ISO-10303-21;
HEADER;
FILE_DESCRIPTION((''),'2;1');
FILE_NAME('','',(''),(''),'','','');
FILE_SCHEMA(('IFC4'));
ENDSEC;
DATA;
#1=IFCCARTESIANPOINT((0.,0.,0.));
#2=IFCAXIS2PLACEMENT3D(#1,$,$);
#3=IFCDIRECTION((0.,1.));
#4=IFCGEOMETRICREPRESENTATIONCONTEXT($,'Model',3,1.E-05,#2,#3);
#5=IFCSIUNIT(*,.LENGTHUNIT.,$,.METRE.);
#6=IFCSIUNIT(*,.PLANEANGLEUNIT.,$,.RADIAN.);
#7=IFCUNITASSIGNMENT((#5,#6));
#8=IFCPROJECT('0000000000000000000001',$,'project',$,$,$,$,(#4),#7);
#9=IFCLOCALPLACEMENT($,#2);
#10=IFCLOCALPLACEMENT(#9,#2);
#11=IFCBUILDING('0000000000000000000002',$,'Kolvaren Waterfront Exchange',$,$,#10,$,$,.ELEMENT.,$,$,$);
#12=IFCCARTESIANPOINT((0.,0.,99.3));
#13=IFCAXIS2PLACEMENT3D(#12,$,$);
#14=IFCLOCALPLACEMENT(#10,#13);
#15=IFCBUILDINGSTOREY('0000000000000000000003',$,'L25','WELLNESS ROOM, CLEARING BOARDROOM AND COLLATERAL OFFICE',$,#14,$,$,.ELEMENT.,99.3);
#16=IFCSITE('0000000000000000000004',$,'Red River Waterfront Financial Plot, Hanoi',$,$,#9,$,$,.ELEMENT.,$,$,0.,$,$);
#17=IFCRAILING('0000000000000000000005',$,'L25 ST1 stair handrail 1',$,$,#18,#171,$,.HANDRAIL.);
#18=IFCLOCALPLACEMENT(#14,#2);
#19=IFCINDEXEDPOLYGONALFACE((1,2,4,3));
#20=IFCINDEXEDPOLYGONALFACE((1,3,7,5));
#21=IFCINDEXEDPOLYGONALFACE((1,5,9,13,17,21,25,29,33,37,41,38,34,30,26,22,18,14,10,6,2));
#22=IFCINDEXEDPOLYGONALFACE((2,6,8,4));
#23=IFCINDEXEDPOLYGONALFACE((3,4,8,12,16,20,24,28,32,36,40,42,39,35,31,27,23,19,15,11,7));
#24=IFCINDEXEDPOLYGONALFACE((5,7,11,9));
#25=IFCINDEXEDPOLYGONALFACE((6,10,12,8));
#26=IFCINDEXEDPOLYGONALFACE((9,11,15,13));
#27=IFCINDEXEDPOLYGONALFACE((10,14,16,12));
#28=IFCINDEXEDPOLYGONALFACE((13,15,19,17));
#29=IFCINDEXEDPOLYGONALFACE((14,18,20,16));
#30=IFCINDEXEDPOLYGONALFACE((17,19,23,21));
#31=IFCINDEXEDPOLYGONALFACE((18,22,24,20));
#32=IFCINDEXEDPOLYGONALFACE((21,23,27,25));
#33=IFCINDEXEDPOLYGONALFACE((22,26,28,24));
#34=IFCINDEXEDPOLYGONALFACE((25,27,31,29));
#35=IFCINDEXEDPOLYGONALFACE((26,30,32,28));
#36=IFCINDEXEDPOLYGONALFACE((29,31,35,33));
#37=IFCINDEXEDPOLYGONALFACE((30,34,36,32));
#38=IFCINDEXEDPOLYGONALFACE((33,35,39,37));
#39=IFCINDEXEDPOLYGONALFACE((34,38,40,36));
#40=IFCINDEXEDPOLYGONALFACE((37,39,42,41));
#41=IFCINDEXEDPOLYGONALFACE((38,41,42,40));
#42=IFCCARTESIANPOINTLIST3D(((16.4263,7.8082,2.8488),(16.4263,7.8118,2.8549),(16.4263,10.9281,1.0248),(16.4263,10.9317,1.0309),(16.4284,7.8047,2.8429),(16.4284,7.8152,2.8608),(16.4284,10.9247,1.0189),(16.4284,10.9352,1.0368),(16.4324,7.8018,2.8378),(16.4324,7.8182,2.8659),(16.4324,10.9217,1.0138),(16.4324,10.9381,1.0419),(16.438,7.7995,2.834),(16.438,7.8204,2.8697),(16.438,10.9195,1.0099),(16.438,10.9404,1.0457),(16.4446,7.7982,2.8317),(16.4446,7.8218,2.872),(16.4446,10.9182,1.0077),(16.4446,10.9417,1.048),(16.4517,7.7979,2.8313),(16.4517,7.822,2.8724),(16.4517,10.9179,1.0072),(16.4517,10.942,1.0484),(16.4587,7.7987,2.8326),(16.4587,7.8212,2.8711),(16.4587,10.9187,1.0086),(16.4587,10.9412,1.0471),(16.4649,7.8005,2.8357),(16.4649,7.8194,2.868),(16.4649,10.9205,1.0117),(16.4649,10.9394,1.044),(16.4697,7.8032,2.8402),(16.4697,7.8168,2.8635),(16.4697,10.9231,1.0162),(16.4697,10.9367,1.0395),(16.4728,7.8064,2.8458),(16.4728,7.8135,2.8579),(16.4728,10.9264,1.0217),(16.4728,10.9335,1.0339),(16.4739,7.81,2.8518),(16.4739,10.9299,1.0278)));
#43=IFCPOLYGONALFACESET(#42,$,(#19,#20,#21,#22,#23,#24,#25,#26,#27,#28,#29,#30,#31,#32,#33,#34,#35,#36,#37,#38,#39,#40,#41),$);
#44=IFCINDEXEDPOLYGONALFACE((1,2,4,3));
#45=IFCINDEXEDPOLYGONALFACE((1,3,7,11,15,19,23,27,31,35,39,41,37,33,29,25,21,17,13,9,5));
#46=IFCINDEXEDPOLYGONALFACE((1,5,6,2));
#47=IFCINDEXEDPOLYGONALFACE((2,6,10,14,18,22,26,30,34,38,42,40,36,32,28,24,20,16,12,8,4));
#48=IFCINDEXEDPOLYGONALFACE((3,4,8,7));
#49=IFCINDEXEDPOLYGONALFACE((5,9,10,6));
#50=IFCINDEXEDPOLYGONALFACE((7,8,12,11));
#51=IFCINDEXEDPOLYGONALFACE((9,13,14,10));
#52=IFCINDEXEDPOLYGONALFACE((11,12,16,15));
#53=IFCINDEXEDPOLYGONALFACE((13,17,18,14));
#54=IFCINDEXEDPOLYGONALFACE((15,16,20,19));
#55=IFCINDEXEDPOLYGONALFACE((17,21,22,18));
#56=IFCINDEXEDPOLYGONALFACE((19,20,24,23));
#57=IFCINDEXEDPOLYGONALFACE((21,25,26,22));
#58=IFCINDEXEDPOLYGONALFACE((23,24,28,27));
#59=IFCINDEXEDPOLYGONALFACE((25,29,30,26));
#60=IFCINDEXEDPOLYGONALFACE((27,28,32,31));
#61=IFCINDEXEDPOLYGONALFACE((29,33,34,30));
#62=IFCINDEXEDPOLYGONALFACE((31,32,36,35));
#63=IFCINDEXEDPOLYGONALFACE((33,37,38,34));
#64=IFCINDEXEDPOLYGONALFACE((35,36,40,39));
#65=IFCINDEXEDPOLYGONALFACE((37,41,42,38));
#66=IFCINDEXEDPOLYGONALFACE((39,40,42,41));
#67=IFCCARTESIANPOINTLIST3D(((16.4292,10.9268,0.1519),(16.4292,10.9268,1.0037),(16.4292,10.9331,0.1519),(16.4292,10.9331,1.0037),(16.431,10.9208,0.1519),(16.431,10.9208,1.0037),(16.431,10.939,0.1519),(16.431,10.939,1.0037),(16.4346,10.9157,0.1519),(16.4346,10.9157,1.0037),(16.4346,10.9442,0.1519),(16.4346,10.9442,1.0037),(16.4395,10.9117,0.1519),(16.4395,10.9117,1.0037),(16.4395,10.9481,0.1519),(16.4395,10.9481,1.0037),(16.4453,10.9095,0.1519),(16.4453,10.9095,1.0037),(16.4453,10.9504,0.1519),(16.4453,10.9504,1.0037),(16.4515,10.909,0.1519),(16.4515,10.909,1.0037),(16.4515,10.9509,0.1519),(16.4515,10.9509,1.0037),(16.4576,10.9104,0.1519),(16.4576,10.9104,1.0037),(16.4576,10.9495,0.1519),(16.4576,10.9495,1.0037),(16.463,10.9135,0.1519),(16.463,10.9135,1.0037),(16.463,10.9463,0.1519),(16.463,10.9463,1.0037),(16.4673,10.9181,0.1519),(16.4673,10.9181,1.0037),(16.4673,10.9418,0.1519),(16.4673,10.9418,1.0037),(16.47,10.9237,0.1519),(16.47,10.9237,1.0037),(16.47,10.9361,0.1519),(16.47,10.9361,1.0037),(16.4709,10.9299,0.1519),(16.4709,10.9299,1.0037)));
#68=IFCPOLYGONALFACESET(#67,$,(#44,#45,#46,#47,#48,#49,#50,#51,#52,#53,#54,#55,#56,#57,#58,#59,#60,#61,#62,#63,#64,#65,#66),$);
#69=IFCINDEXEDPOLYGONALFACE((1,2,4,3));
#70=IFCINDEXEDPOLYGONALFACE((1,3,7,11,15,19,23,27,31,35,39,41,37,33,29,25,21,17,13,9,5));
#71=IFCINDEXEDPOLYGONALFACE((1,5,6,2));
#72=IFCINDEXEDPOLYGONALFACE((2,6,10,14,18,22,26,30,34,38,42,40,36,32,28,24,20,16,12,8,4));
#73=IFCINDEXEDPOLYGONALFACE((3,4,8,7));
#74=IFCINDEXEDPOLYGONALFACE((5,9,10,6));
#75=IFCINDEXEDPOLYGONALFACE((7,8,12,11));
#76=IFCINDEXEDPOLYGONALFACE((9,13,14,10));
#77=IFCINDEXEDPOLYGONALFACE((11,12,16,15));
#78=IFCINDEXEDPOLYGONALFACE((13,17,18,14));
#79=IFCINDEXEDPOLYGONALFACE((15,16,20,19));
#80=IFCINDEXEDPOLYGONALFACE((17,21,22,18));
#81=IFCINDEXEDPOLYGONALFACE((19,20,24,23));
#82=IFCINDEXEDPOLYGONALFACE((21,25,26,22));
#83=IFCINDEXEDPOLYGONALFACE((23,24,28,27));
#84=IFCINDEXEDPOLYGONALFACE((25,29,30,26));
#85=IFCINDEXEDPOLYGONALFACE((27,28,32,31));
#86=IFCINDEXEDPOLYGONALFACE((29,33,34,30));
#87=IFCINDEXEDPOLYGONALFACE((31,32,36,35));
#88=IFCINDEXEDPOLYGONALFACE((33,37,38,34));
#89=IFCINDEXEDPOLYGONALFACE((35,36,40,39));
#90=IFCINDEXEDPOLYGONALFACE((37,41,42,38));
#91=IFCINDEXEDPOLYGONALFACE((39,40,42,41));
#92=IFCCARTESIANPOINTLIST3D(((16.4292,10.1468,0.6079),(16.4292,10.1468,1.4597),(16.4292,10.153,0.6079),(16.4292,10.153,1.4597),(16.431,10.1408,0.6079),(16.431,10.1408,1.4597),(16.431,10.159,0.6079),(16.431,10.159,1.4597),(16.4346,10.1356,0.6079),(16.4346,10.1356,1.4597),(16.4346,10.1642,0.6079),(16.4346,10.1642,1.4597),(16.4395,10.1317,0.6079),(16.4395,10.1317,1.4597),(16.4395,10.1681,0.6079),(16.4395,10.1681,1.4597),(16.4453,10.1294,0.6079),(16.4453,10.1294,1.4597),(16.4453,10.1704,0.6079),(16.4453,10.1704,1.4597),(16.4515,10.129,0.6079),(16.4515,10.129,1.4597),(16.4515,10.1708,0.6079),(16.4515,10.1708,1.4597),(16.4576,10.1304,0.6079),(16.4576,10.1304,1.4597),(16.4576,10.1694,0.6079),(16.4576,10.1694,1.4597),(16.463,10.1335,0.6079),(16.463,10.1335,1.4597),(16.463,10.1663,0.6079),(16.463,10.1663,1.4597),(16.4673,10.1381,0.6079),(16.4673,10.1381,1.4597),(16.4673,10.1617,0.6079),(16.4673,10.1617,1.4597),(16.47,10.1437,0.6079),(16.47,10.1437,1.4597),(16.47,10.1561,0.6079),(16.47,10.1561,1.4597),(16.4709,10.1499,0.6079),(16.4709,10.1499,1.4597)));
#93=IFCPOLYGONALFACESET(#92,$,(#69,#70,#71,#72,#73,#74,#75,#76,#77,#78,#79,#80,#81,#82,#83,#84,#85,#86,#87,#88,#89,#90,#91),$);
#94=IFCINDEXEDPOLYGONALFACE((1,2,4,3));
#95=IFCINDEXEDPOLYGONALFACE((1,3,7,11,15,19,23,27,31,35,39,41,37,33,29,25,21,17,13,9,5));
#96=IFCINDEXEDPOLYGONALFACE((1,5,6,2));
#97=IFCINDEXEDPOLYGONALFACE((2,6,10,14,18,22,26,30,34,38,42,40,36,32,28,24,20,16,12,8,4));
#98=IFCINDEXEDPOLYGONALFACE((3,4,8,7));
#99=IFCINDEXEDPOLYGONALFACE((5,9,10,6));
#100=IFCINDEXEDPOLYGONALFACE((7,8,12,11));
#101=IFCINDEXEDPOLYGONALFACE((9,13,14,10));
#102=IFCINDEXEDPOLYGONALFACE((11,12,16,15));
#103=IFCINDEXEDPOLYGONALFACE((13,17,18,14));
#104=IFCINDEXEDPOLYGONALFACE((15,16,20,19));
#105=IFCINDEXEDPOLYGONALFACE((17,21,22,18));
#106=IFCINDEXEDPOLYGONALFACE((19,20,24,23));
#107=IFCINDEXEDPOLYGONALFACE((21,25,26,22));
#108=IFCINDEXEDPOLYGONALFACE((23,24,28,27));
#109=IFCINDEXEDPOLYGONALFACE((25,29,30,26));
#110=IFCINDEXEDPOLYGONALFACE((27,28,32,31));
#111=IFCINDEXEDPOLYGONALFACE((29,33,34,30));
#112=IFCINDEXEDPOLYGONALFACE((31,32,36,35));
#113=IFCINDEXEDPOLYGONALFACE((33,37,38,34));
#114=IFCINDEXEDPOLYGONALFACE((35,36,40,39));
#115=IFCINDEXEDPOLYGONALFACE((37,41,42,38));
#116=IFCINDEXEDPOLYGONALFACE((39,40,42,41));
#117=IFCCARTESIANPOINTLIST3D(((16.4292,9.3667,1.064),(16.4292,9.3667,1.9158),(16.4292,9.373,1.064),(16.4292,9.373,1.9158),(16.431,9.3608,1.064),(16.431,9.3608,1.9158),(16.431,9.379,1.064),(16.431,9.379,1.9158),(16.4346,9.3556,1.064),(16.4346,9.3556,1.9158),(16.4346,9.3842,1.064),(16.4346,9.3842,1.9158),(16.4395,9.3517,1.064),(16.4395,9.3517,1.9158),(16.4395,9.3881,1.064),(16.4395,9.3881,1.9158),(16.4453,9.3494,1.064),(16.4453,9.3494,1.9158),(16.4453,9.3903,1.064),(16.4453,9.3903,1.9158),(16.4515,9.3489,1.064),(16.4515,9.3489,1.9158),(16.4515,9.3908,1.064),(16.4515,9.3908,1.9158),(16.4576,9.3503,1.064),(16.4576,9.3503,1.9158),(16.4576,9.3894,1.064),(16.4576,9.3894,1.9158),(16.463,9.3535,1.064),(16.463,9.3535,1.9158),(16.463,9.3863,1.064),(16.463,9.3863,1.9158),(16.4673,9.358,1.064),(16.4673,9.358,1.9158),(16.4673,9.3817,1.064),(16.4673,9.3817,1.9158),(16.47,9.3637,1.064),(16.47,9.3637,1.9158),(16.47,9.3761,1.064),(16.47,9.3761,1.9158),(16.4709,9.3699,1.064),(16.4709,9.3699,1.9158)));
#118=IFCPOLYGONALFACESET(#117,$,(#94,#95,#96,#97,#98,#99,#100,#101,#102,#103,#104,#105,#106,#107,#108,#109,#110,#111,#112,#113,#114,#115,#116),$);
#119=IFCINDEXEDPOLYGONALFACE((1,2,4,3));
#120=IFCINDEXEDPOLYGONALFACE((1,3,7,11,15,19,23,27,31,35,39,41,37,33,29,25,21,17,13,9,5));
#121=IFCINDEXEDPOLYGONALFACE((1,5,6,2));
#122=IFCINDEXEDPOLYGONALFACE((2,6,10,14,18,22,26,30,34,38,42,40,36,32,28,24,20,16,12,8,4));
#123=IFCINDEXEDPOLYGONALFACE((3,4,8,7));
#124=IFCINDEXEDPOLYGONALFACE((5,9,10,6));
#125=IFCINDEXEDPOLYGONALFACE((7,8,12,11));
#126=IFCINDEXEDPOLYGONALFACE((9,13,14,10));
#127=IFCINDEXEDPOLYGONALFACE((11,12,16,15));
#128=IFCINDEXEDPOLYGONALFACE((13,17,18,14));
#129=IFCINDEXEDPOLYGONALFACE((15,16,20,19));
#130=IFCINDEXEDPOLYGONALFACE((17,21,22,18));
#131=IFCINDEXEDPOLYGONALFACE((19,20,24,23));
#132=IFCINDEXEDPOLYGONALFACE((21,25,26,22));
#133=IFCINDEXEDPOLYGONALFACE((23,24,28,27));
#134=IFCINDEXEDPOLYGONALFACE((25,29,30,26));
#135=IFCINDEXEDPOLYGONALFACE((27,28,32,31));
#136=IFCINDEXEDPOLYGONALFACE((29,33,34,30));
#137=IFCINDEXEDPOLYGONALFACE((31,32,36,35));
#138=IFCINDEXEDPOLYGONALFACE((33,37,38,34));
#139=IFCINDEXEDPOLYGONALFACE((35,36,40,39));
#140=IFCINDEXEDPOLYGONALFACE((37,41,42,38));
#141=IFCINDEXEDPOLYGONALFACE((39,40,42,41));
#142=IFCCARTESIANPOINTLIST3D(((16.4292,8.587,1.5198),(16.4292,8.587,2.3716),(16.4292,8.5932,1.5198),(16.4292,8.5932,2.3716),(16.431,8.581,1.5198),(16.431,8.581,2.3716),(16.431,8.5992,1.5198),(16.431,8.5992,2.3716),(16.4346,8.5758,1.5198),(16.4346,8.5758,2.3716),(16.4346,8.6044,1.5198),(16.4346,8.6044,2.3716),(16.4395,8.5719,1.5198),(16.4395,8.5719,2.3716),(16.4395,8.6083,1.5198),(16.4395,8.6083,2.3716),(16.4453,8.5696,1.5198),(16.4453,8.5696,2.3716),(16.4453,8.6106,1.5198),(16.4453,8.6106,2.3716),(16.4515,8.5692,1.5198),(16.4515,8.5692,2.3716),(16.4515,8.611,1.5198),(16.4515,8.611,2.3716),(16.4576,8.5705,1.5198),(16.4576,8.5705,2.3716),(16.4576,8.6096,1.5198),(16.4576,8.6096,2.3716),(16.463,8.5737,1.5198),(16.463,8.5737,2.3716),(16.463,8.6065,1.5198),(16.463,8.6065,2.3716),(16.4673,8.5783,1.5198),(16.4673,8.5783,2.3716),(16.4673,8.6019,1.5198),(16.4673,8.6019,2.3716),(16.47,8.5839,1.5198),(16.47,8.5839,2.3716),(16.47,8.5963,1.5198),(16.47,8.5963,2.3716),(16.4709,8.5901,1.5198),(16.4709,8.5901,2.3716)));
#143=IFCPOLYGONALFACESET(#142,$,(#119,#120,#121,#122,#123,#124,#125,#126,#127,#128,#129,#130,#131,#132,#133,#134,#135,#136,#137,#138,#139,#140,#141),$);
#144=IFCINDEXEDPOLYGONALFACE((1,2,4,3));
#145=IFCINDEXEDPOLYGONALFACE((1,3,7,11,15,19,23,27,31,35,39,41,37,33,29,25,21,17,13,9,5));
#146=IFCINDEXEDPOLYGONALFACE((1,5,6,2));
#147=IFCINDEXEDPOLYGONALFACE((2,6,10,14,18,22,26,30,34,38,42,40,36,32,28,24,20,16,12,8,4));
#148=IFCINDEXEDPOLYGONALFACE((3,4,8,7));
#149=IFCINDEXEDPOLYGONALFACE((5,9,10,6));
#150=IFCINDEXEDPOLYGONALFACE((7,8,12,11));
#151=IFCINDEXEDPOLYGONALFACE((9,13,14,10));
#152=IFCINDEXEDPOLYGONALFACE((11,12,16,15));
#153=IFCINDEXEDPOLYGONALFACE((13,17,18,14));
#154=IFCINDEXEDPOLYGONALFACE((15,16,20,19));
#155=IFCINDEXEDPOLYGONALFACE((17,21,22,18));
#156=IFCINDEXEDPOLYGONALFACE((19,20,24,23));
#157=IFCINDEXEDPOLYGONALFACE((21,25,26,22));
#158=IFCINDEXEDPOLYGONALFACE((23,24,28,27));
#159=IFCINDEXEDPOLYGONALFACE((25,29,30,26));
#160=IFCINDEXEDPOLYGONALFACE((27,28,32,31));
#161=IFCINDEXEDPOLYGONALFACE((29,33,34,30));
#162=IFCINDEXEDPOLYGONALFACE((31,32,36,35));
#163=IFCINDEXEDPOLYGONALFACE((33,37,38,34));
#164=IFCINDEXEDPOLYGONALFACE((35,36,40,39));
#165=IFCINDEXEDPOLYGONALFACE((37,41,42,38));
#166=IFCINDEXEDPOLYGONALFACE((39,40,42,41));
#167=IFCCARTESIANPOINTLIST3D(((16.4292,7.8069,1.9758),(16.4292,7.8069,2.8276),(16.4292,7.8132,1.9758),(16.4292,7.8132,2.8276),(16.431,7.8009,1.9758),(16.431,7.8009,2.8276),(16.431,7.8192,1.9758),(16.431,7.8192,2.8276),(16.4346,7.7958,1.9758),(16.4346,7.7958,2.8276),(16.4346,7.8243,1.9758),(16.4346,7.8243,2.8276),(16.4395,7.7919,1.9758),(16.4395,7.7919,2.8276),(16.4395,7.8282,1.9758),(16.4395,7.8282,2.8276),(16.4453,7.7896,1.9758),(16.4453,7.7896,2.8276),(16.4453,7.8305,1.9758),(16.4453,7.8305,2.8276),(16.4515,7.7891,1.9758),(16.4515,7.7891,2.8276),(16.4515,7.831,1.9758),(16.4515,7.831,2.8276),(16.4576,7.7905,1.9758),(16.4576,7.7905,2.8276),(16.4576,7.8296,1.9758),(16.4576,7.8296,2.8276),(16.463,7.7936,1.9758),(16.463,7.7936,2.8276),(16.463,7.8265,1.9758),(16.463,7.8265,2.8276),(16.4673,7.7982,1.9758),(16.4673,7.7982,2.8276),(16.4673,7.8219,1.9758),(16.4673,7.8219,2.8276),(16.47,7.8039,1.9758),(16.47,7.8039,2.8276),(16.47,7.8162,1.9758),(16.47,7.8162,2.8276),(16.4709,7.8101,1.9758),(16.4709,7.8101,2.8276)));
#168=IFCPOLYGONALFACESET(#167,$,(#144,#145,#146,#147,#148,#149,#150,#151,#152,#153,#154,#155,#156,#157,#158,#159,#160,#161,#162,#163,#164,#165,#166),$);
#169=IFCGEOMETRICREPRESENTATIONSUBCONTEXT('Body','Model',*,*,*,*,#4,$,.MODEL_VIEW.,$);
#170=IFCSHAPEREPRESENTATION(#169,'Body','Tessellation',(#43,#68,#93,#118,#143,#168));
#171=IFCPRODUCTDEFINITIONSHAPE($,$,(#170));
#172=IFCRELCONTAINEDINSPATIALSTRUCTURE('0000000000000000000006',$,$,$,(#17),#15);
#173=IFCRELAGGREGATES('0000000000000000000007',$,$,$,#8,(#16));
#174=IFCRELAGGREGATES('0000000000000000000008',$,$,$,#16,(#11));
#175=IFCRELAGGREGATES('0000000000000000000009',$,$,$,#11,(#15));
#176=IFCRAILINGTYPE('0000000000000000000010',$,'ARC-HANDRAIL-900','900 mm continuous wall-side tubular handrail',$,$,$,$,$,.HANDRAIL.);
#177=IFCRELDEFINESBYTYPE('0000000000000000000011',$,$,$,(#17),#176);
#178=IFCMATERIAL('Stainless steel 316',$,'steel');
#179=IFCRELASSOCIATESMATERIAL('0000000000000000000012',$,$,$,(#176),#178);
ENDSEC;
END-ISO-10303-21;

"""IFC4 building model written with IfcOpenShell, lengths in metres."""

from ifc_helpers import new_model, si_unit, direction, frame, origin, origin_2d, place, context, subcontext, project, spatial, circle, extrude, material, type_object, element, save


model = new_model("IFC4")

# Units and contexts
model_context = context("Model", 3, precision=1e-05, world=origin(), true_north=direction((0.0, 1.0)))
body_context = subcontext(model_context, "Body", "Model", "MODEL_VIEW")
ifc_project = project(units=[si_unit("LENGTHUNIT", "METRE"), si_unit("PLANEANGLEUNIT", "RADIAN")], contexts=[model_context])

# Site, building, storey
site_placement = place(None, origin())
site = spatial("IfcSite", under=ifc_project, at=site_placement, Name="Red River Waterfront Financial Plot, Hanoi", CompositionType="ELEMENT", RefElevation=0.0)
building_placement = place(site_placement, origin())
building = spatial("IfcBuilding", under=site, at=building_placement, Name="Kolvaren Waterfront Exchange", CompositionType="ELEMENT")
storey_placement = place(building_placement, frame((0.0, 0.0, 99.3)))
storey = spatial("IfcBuildingStorey", under=building, at=storey_placement, Name="L25", Description="WELLNESS ROOM, CLEARING BOARDROOM AND COLLATERAL OFFICE", CompositionType="ELEMENT", Elevation=99.3)

# Railing
ifc_material_1 = material(Name="Stainless steel 316", Category="steel")
railing_type_1 = type_object("IfcRailingType", Name="ARC-HANDRAIL-900", Description="900 mm continuous wall-side tubular handrail", PredefinedType="HANDRAIL", material=ifc_material_1)
railing_1_placement = place(storey_placement, frame((16.45, 10.9299, 0.1519)))
element("IfcRailing", 1, at=railing_1_placement, inside=storey, type_object=railing_type_1, Name="L25 ST1 stair handrail 1", PredefinedType="HANDRAIL", context=body_context, shape_type="SweptSolid", body=[
    extrude(circle(Radius=0.0239, at=origin_2d()), frame((0.0, 0.0, 0.876), z_axis=(0.0, -0.863291, 0.504707), x_axis=(1.0, 0.0, 0.0)), (0.0, 0.0, 1.0), 3.614),
    extrude(circle(Radius=0.021, at=origin_2d()), origin(), (0.0, 0.0, 1.0), 0.8518),
    extrude(circle(Radius=0.021, at=origin_2d()), frame((0.0, -0.78, 0.4561)), (0.0, 0.0, 1.0), 0.8518),
    extrude(circle(Radius=0.021, at=origin_2d()), frame((0.0, -1.5601, 0.9121)), (0.0, 0.0, 1.0), 0.8518),
    extrude(circle(Radius=0.021, at=origin_2d()), frame((0.0, -2.3398, 1.3679)), (0.0, 0.0, 1.0), 0.8518),
    extrude(circle(Radius=0.021, at=origin_2d()), frame((0.0, -3.1199, 1.824)), (0.0, 0.0, 1.0), 0.8518),
])

save(model, "model.ifc")
